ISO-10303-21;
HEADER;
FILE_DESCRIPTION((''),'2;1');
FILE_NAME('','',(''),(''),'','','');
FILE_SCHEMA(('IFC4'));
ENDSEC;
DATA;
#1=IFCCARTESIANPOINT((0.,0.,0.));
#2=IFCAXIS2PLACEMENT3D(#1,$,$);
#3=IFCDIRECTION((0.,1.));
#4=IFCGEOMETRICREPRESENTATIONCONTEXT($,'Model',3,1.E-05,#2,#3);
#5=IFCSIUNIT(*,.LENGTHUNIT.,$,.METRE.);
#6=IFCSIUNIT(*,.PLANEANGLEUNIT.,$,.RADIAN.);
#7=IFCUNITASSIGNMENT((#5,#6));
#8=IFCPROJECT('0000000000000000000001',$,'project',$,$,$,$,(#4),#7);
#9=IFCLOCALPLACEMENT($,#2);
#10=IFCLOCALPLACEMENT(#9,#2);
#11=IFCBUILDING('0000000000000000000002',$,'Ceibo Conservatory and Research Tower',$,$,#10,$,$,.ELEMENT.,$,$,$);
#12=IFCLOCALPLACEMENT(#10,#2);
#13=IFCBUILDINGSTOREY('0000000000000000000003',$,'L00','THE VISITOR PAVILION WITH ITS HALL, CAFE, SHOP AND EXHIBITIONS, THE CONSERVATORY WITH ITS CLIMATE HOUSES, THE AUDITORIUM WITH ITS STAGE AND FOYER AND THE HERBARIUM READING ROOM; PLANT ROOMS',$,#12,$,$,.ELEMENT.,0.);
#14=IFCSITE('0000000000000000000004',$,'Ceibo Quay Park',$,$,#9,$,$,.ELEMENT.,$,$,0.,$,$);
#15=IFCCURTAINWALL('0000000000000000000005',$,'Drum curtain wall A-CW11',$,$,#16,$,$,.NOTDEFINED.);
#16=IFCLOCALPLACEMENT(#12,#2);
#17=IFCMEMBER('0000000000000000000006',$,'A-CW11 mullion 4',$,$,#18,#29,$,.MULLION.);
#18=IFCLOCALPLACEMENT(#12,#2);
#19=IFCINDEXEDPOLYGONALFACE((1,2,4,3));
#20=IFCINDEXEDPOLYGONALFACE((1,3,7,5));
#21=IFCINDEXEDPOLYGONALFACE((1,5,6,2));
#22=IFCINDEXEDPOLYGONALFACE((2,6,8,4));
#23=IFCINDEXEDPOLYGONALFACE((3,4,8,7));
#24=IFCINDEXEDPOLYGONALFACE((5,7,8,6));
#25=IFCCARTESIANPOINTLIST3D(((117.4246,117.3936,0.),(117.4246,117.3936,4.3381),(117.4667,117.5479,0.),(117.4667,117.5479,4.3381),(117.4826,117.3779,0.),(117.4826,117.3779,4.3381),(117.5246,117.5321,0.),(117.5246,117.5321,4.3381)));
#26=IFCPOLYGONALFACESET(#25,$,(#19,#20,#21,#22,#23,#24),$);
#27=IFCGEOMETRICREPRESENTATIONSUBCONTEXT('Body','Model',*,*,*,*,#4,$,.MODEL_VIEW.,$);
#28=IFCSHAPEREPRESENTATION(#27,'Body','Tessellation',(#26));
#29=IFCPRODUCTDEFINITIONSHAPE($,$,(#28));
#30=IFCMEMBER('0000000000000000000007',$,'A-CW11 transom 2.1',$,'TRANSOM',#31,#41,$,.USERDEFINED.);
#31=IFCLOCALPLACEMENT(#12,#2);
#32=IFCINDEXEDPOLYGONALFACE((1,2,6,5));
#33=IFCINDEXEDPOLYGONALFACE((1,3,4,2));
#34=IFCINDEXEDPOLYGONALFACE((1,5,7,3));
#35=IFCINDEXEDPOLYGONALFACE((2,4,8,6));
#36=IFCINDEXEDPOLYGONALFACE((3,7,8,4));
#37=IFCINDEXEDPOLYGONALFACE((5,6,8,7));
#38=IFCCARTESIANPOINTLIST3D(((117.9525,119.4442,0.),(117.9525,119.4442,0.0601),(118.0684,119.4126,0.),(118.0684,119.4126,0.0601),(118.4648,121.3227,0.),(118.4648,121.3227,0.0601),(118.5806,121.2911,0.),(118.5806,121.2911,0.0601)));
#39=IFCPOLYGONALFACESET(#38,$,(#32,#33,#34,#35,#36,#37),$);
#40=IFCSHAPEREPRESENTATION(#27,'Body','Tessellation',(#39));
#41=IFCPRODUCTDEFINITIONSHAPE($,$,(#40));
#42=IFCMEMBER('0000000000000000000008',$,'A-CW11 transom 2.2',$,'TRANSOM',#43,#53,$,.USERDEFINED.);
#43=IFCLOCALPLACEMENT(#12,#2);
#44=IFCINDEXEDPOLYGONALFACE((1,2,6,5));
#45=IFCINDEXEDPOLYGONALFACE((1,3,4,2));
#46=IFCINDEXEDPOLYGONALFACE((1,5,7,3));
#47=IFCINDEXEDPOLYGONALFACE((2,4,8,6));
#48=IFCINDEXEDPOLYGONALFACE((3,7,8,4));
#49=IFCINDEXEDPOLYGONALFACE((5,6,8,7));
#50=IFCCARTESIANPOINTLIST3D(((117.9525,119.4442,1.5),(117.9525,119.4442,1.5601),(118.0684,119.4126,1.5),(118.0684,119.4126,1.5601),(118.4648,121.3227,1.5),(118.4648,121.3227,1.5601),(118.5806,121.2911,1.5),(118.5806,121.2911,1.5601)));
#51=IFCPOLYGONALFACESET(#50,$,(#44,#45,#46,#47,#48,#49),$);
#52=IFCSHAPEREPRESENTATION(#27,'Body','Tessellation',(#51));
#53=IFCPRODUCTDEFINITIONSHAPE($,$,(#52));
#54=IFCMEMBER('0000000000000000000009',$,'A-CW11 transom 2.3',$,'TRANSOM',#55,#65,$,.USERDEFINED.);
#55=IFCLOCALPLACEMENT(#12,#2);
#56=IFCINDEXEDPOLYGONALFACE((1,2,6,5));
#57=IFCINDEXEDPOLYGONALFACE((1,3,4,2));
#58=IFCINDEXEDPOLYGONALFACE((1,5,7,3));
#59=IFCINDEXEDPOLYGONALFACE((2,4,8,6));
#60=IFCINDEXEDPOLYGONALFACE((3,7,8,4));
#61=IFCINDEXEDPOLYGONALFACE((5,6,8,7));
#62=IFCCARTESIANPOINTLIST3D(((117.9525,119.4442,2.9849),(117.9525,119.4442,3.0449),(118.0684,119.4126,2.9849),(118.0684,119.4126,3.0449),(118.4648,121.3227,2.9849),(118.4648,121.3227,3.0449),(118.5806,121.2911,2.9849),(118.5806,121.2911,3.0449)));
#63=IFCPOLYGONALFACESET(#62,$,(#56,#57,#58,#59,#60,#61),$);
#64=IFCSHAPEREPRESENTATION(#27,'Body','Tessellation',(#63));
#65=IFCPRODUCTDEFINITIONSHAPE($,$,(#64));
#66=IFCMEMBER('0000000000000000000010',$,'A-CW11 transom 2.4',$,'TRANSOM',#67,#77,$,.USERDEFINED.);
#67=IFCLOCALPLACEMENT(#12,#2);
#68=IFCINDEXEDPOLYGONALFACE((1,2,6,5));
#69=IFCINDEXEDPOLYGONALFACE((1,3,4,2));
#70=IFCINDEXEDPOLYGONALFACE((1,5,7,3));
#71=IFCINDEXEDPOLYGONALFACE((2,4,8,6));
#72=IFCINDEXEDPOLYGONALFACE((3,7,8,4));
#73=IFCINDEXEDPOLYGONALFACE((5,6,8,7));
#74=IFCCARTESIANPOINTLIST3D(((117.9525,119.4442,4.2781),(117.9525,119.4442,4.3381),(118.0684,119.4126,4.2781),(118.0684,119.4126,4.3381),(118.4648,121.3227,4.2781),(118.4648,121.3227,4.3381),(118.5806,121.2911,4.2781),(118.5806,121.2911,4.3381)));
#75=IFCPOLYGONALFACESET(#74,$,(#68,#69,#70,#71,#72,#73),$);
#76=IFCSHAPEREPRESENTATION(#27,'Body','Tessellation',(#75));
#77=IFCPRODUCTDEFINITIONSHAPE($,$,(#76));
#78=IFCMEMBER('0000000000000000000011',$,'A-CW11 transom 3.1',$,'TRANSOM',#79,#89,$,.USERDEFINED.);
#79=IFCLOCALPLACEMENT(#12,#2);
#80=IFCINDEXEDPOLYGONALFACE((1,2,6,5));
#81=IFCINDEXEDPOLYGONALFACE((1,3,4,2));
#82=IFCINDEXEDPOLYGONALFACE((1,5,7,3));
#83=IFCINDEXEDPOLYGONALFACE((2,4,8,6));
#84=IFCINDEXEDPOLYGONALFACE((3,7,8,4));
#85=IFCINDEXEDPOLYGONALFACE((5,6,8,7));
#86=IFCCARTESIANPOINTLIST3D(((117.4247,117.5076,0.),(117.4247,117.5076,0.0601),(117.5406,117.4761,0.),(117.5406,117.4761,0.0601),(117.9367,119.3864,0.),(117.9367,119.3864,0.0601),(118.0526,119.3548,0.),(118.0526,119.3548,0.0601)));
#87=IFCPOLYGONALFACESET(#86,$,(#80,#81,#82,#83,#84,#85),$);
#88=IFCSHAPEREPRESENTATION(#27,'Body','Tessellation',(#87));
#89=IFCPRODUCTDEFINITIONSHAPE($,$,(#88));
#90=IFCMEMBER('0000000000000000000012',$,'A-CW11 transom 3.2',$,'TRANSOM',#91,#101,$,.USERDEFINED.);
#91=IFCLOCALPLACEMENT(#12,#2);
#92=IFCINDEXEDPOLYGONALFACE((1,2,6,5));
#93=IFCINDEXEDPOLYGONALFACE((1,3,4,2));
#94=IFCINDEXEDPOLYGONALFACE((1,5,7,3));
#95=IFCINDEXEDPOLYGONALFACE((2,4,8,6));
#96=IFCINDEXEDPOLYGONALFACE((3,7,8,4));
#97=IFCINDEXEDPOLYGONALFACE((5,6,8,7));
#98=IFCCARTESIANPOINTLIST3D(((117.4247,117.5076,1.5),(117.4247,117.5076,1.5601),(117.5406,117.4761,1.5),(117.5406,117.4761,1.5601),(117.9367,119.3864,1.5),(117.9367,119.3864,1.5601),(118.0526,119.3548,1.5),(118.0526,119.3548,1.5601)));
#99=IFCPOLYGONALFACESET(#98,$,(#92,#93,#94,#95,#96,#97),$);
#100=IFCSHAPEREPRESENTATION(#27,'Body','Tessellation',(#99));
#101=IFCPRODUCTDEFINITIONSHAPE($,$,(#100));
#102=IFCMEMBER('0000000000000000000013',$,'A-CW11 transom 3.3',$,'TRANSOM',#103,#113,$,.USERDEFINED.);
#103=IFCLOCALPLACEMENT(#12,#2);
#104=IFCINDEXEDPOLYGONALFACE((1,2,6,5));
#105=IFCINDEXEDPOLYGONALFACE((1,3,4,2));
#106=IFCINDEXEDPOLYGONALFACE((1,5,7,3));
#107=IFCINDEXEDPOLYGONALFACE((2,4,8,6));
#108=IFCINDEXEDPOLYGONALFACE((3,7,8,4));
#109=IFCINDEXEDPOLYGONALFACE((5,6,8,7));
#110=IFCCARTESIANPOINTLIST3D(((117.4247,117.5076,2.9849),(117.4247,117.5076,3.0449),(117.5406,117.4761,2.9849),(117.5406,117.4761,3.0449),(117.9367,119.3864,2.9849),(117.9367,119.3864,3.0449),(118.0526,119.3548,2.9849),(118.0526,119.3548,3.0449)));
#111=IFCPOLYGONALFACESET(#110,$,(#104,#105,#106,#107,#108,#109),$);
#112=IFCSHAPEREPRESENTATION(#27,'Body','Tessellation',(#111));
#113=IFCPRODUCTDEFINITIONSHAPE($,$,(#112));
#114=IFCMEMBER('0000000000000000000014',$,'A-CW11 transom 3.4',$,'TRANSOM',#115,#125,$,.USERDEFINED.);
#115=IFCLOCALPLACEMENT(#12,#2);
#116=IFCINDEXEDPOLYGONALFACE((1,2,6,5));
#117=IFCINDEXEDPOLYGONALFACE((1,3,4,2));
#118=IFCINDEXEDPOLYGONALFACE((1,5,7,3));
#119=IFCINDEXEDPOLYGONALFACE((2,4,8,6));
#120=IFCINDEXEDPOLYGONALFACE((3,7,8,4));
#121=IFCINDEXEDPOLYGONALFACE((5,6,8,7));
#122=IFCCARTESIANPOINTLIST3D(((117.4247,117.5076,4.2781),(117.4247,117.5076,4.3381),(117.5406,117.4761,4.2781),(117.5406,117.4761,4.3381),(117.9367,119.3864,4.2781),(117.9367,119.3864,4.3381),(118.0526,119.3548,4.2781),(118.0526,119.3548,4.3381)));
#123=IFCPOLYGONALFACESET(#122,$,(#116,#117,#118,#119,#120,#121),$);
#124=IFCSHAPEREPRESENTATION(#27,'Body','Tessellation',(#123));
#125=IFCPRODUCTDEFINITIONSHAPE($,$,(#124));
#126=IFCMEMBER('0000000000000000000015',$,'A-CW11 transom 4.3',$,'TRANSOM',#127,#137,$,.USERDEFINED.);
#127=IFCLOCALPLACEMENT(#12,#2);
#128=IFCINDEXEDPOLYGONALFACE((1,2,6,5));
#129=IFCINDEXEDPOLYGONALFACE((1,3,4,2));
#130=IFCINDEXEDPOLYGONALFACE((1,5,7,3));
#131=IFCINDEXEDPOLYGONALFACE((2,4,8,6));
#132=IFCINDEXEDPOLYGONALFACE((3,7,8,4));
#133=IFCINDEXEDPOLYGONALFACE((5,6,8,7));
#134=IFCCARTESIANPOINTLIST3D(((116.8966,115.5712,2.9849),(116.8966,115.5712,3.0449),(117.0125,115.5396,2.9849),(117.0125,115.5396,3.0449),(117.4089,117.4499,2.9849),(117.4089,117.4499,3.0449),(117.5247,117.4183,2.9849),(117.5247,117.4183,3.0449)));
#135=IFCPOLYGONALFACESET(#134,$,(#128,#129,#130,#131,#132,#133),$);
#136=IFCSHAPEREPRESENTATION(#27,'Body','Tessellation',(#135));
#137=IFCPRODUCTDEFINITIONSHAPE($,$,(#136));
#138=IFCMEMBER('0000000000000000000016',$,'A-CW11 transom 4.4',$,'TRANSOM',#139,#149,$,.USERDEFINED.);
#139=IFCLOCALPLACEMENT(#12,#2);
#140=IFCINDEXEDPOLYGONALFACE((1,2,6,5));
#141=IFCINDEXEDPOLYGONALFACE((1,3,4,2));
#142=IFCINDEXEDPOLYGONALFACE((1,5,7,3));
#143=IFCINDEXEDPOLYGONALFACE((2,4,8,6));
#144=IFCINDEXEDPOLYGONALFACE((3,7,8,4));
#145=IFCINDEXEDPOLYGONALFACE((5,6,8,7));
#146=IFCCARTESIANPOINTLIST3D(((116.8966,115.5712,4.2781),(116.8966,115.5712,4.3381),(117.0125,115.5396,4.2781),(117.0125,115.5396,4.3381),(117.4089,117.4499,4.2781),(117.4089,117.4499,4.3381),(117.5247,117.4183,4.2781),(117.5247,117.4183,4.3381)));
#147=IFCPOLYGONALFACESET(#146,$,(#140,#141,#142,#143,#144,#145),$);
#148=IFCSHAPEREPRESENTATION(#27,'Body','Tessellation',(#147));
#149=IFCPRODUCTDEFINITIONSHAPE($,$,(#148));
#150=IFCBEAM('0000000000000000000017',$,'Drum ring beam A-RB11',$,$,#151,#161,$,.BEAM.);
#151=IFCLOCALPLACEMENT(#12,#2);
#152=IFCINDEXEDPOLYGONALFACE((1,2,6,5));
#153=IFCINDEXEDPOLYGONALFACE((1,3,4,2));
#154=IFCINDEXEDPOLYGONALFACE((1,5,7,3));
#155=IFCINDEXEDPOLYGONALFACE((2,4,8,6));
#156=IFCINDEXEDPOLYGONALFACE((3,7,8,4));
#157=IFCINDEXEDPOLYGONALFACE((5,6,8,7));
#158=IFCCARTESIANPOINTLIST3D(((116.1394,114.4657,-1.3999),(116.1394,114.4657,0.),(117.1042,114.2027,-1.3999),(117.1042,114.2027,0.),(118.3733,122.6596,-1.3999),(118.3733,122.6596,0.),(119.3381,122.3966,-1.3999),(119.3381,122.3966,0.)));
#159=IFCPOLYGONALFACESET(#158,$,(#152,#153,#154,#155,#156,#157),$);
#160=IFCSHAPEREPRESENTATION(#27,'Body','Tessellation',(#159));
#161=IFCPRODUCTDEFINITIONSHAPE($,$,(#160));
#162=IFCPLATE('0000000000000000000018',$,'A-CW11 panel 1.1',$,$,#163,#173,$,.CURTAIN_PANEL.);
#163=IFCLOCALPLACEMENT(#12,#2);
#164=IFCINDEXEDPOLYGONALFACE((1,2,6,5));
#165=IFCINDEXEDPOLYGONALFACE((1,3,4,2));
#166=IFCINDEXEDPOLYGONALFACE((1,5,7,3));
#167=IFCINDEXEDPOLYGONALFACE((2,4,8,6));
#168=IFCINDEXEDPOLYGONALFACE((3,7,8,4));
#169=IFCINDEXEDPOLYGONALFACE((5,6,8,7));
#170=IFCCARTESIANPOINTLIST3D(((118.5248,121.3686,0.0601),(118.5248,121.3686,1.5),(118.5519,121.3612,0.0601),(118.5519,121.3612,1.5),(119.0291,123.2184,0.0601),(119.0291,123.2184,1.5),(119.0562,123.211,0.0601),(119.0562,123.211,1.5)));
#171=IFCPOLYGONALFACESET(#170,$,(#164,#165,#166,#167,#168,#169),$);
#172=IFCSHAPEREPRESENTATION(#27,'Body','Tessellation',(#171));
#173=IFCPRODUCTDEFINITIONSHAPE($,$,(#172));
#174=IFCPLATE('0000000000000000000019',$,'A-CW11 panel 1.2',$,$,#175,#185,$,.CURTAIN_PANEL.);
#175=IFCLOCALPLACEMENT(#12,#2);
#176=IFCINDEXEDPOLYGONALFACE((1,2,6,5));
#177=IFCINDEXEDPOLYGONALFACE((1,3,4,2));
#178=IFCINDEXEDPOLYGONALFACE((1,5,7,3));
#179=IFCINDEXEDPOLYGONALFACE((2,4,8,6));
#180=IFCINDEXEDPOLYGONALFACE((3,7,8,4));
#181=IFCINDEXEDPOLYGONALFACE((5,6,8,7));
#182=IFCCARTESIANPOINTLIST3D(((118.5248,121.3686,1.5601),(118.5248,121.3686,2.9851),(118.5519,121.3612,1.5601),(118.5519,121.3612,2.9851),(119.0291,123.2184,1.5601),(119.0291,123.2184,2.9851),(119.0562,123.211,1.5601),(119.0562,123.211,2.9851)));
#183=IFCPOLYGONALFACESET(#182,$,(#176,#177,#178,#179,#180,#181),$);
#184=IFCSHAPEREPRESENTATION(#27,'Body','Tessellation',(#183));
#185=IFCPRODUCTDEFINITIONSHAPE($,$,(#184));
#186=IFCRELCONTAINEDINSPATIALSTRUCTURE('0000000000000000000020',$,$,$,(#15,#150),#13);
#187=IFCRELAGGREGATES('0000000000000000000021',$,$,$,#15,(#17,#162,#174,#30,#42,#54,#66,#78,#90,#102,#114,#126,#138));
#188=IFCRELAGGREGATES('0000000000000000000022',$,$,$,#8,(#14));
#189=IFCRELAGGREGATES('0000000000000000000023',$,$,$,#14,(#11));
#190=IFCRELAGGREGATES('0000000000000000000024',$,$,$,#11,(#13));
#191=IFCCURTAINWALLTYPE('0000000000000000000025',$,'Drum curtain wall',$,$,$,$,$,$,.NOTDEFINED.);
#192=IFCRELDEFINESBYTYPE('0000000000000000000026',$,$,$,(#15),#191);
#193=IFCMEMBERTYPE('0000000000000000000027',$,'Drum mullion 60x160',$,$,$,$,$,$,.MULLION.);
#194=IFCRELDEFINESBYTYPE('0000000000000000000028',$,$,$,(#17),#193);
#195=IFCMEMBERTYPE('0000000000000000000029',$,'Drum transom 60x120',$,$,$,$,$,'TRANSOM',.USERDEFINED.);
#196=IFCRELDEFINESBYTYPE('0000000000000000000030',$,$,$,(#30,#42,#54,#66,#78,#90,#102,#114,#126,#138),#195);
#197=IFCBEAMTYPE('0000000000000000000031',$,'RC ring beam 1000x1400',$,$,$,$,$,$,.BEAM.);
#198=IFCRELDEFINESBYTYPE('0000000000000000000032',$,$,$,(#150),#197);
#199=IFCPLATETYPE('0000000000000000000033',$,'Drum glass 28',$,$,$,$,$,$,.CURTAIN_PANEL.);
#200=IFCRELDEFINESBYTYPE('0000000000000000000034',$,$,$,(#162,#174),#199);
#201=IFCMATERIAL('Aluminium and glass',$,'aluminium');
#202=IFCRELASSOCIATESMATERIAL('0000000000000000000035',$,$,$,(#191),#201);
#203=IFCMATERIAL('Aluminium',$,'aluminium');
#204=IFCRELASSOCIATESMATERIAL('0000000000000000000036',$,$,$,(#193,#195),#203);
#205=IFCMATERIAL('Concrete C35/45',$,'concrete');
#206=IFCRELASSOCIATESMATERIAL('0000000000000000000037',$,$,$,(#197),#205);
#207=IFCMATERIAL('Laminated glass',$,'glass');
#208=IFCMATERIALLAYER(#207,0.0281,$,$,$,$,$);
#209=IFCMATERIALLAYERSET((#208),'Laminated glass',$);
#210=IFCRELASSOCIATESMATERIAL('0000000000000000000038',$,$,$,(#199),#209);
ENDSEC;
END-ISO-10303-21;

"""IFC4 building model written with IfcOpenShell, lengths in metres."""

from ifc_helpers import new_model, si_unit, direction, frame, origin, origin_2d, place, context, subcontext, project, spatial, rectangle, extrude, material, layer, layer_set, material_profile, profile_set, type_object, element, aggregate, save


model = new_model("IFC4")

# Units and contexts
model_context = context("Model", 3, precision=1e-05, world=origin(), true_north=direction((0.0, 1.0)))
body_context = subcontext(model_context, "Body", "Model", "MODEL_VIEW")
ifc_project = project(units=[si_unit("LENGTHUNIT", "METRE"), si_unit("PLANEANGLEUNIT", "RADIAN")], contexts=[model_context])

# Site, building, storey
site_placement = place(None, origin())
site = spatial("IfcSite", under=ifc_project, at=site_placement, Name="Ceibo Quay Park", CompositionType="ELEMENT", RefElevation=0.0)
building_placement = place(site_placement, origin())
building = spatial("IfcBuilding", under=site, at=building_placement, Name="Ceibo Conservatory and Research Tower", CompositionType="ELEMENT")
storey_placement = place(building_placement, origin())
storey = spatial("IfcBuildingStorey", under=building, at=storey_placement, Name="L00", Description="THE VISITOR PAVILION WITH ITS HALL, CAFE, SHOP AND EXHIBITIONS, THE CONSERVATORY WITH ITS CLIMATE HOUSES, THE AUDITORIUM WITH ITS STAGE AND FOYER AND THE HERBARIUM READING ROOM; PLANT ROOMS", CompositionType="ELEMENT", Elevation=0.0)

# Curtain wall, members
ifc_material_1 = material(Name="Aluminium and glass", Category="aluminium")
curtain_wall_type = type_object("IfcCurtainWallType", Name="Drum curtain wall", PredefinedType="NOTDEFINED", material=ifc_material_1)
curtain_wall_placement = place(storey_placement, origin())
curtain_wall = element("IfcCurtainWall", 1, at=curtain_wall_placement, inside=storey, type_object=curtain_wall_type, Name="Drum curtain wall A-CW11", PredefinedType="NOTDEFINED")
ifc_material_2 = material(Name="Aluminium", Category="aluminium")
ifc_material_profile_1 = material_profile(ifc_material_2, rectangle(XDim=0.0601, YDim=0.1599, at=origin_2d()), Name="AL 60x160")
ifc_profile_set_1 = profile_set([ifc_material_profile_1], Name="Aluminium")
member_type_1 = type_object("IfcMemberType", Name="Drum mullion 60x160", PredefinedType="MULLION", material=ifc_profile_set_1)
member_1_placement = place(storey_placement, frame((117.4746, 117.4629, 0.0), z_axis=(0.0, 0.0, 1.0), x_axis=(0.964787, -0.263031, 0.0)))
member_1 = element("IfcMember", 2, at=member_1_placement, type_object=member_type_1, Name="A-CW11 mullion 4", PredefinedType="MULLION", context=body_context, shape_type="SweptSolid", body=[
    extrude(rectangle(XDim=0.0601, YDim=0.1599, at=origin_2d()), origin(), (0.0, 0.0, 1.0), 4.3381),
])
ifc_material_profile_2 = material_profile(ifc_material_2, rectangle(XDim=0.1201, YDim=0.0601, at=origin_2d()), Name="AL 60x120")
ifc_profile_set_2 = profile_set([ifc_material_profile_2], Name="Aluminium")
member_type_2 = type_object("IfcMemberType", Name="Drum transom 60x120", ElementType="TRANSOM", PredefinedType="USERDEFINED", material=ifc_profile_set_2)
member_2_placement = place(storey_placement, frame((118.5227, 121.3069, 0.03), z_axis=(-0.263075, -0.964775, 0.0), x_axis=(0.964775, -0.263075, 0.0)))
member_2 = element("IfcMember", 3, at=member_2_placement, type_object=member_type_2, Name="A-CW11 transom 2.1", ObjectType="TRANSOM", PredefinedType="USERDEFINED", context=body_context, shape_type="SweptSolid", body=[
    extrude(rectangle(XDim=0.1201, YDim=0.0601, at=origin_2d()), origin(), (0.0, 0.0, 1.0), 1.947),
])
member_3_placement = place(storey_placement, frame((118.5227, 121.3069, 1.53), z_axis=(-0.263075, -0.964775, 0.0), x_axis=(0.964775, -0.263075, 0.0)))
member_3 = element("IfcMember", 4, at=member_3_placement, type_object=member_type_2, Name="A-CW11 transom 2.2", ObjectType="TRANSOM", PredefinedType="USERDEFINED", context=body_context, shape_type="SweptSolid", body=[
    extrude(rectangle(XDim=0.1201, YDim=0.0601, at=origin_2d()), origin(), (0.0, 0.0, 1.0), 1.947),
])
member_4_placement = place(storey_placement, frame((118.5227, 121.3069, 3.0149), z_axis=(-0.263075, -0.964775, 0.0), x_axis=(0.964775, -0.263075, 0.0)))
member_4 = element("IfcMember", 5, at=member_4_placement, type_object=member_type_2, Name="A-CW11 transom 2.3", ObjectType="TRANSOM", PredefinedType="USERDEFINED", context=body_context, shape_type="SweptSolid", body=[
    extrude(rectangle(XDim=0.1201, YDim=0.0601, at=origin_2d()), origin(), (0.0, 0.0, 1.0), 1.947),
])
member_5_placement = place(storey_placement, frame((118.5227, 121.3069, 4.3081), z_axis=(-0.263075, -0.964775, 0.0), x_axis=(0.964775, -0.263075, 0.0)))
member_5 = element("IfcMember", 6, at=member_5_placement, type_object=member_type_2, Name="A-CW11 transom 2.4", ObjectType="TRANSOM", PredefinedType="USERDEFINED", context=body_context, shape_type="SweptSolid", body=[
    extrude(rectangle(XDim=0.1201, YDim=0.0601, at=origin_2d()), origin(), (0.0, 0.0, 1.0), 1.947),
])
member_6_placement = place(storey_placement, frame((117.9946, 119.3706, 0.03), z_axis=(-0.262926, -0.964816, 0.0), x_axis=(0.964816, -0.262926, 0.0)))
member_6 = element("IfcMember", 7, at=member_6_placement, type_object=member_type_2, Name="A-CW11 transom 3.1", ObjectType="TRANSOM", PredefinedType="USERDEFINED", context=body_context, shape_type="SweptSolid", body=[
    extrude(rectangle(XDim=0.1201, YDim=0.0601, at=origin_2d()), origin(), (0.0, 0.0, 1.0), 1.9473),
])
member_7_placement = place(storey_placement, frame((117.9946, 119.3706, 1.53), z_axis=(-0.262926, -0.964816, 0.0), x_axis=(0.964816, -0.262926, 0.0)))
member_7 = element("IfcMember", 8, at=member_7_placement, type_object=member_type_2, Name="A-CW11 transom 3.2", ObjectType="TRANSOM", PredefinedType="USERDEFINED", context=body_context, shape_type="SweptSolid", body=[
    extrude(rectangle(XDim=0.1201, YDim=0.0601, at=origin_2d()), origin(), (0.0, 0.0, 1.0), 1.9473),
])
member_8_placement = place(storey_placement, frame((117.9946, 119.3706, 3.0149), z_axis=(-0.262926, -0.964816, 0.0), x_axis=(0.964816, -0.262926, 0.0)))
member_8 = element("IfcMember", 9, at=member_8_placement, type_object=member_type_2, Name="A-CW11 transom 3.3", ObjectType="TRANSOM", PredefinedType="USERDEFINED", context=body_context, shape_type="SweptSolid", body=[
    extrude(rectangle(XDim=0.1201, YDim=0.0601, at=origin_2d()), origin(), (0.0, 0.0, 1.0), 1.9473),
])
member_9_placement = place(storey_placement, frame((117.9946, 119.3706, 4.3081), z_axis=(-0.262926, -0.964816, 0.0), x_axis=(0.964816, -0.262926, 0.0)))
member_9 = element("IfcMember", 10, at=member_9_placement, type_object=member_type_2, Name="A-CW11 transom 3.4", ObjectType="TRANSOM", PredefinedType="USERDEFINED", context=body_context, shape_type="SweptSolid", body=[
    extrude(rectangle(XDim=0.1201, YDim=0.0601, at=origin_2d()), origin(), (0.0, 0.0, 1.0), 1.9473),
])
member_10_placement = place(storey_placement, frame((117.4668, 117.4341, 3.0149), z_axis=(-0.263043, -0.964784, 0.0), x_axis=(0.964784, -0.263043, 0.0)))
member_10 = element("IfcMember", 11, at=member_10_placement, type_object=member_type_2, Name="A-CW11 transom 4.3", ObjectType="TRANSOM", PredefinedType="USERDEFINED", context=body_context, shape_type="SweptSolid", body=[
    extrude(rectangle(XDim=0.1201, YDim=0.0601, at=origin_2d()), origin(), (0.0, 0.0, 1.0), 1.9473),
])
member_11_placement = place(storey_placement, frame((117.4668, 117.4341, 4.3081), z_axis=(-0.263043, -0.964784, 0.0), x_axis=(0.964784, -0.263043, 0.0)))
member_11 = element("IfcMember", 12, at=member_11_placement, type_object=member_type_2, Name="A-CW11 transom 4.4", ObjectType="TRANSOM", PredefinedType="USERDEFINED", context=body_context, shape_type="SweptSolid", body=[
    extrude(rectangle(XDim=0.1201, YDim=0.0601, at=origin_2d()), origin(), (0.0, 0.0, 1.0), 1.9473),
])

# Beam
ifc_material_3 = material(Name="Concrete C35/45", Category="concrete")
ifc_material_profile_3 = material_profile(ifc_material_3, rectangle(XDim=1.0, YDim=1.3999, at=origin_2d()), Name="RC 1000x1400")
ifc_profile_set_3 = profile_set([ifc_material_profile_3], Name="Concrete C35/45")
beam_type = type_object("IfcBeamType", Name="RC ring beam 1000x1400", PredefinedType="BEAM", material=ifc_profile_set_3)
beam_placement = place(storey_placement, frame((118.8557, 122.5281, -0.7), z_axis=(-0.26303, -0.964788, 0.0), x_axis=(0.964788, -0.26303, 0.0)))
element("IfcBeam", 13, at=beam_placement, inside=storey, type_object=beam_type, Name="Drum ring beam A-RB11", PredefinedType="BEAM", context=body_context, shape_type="SweptSolid", body=[
    extrude(rectangle(XDim=1.0, YDim=1.3999, at=origin_2d()), origin(), (0.0, 0.0, 1.0), 8.4929),
])

# Plates
ifc_material_4 = material(Name="Laminated glass", Category="glass")
ifc_layer_1 = layer(ifc_material_4, 0.0281)
ifc_layer_set_1 = layer_set([ifc_layer_1], Name="Laminated glass")
plate_type_1 = type_object("IfcPlateType", Name="Drum glass 28", PredefinedType="CURTAIN_PANEL", material=ifc_layer_set_1)
plate_1_placement = place(storey_placement, frame((118.7905, 122.2898, 0.0601), z_axis=(0.0, 0.0, 1.0), x_axis=(-0.263031, -0.964787, 0.0)))
plate_1 = element("IfcPlate", 14, at=plate_1_placement, type_object=plate_type_1, Name="A-CW11 panel 1.1", PredefinedType="CURTAIN_PANEL", context=body_context, shape_type="SweptSolid", body=[
    extrude(rectangle(XDim=1.9172, YDim=0.0281, at=origin_2d()), origin(), (0.0, 0.0, 1.0), 1.4399),
])
plate_2_placement = place(storey_placement, frame((118.7905, 122.2898, 1.5601), z_axis=(0.0, 0.0, 1.0), x_axis=(-0.263031, -0.964787, 0.0)))
plate_2 = element("IfcPlate", 15, at=plate_2_placement, type_object=plate_type_1, Name="A-CW11 panel 1.2", PredefinedType="CURTAIN_PANEL", context=body_context, shape_type="SweptSolid", body=[
    extrude(rectangle(XDim=1.9172, YDim=0.0281, at=origin_2d()), origin(), (0.0, 0.0, 1.0), 1.425),
])
aggregate(curtain_wall, [member_1, plate_1, plate_2, member_2, member_3, member_4, member_5, member_6, member_7, member_8, member_9, member_10, member_11])

save(model, "model.ifc")
